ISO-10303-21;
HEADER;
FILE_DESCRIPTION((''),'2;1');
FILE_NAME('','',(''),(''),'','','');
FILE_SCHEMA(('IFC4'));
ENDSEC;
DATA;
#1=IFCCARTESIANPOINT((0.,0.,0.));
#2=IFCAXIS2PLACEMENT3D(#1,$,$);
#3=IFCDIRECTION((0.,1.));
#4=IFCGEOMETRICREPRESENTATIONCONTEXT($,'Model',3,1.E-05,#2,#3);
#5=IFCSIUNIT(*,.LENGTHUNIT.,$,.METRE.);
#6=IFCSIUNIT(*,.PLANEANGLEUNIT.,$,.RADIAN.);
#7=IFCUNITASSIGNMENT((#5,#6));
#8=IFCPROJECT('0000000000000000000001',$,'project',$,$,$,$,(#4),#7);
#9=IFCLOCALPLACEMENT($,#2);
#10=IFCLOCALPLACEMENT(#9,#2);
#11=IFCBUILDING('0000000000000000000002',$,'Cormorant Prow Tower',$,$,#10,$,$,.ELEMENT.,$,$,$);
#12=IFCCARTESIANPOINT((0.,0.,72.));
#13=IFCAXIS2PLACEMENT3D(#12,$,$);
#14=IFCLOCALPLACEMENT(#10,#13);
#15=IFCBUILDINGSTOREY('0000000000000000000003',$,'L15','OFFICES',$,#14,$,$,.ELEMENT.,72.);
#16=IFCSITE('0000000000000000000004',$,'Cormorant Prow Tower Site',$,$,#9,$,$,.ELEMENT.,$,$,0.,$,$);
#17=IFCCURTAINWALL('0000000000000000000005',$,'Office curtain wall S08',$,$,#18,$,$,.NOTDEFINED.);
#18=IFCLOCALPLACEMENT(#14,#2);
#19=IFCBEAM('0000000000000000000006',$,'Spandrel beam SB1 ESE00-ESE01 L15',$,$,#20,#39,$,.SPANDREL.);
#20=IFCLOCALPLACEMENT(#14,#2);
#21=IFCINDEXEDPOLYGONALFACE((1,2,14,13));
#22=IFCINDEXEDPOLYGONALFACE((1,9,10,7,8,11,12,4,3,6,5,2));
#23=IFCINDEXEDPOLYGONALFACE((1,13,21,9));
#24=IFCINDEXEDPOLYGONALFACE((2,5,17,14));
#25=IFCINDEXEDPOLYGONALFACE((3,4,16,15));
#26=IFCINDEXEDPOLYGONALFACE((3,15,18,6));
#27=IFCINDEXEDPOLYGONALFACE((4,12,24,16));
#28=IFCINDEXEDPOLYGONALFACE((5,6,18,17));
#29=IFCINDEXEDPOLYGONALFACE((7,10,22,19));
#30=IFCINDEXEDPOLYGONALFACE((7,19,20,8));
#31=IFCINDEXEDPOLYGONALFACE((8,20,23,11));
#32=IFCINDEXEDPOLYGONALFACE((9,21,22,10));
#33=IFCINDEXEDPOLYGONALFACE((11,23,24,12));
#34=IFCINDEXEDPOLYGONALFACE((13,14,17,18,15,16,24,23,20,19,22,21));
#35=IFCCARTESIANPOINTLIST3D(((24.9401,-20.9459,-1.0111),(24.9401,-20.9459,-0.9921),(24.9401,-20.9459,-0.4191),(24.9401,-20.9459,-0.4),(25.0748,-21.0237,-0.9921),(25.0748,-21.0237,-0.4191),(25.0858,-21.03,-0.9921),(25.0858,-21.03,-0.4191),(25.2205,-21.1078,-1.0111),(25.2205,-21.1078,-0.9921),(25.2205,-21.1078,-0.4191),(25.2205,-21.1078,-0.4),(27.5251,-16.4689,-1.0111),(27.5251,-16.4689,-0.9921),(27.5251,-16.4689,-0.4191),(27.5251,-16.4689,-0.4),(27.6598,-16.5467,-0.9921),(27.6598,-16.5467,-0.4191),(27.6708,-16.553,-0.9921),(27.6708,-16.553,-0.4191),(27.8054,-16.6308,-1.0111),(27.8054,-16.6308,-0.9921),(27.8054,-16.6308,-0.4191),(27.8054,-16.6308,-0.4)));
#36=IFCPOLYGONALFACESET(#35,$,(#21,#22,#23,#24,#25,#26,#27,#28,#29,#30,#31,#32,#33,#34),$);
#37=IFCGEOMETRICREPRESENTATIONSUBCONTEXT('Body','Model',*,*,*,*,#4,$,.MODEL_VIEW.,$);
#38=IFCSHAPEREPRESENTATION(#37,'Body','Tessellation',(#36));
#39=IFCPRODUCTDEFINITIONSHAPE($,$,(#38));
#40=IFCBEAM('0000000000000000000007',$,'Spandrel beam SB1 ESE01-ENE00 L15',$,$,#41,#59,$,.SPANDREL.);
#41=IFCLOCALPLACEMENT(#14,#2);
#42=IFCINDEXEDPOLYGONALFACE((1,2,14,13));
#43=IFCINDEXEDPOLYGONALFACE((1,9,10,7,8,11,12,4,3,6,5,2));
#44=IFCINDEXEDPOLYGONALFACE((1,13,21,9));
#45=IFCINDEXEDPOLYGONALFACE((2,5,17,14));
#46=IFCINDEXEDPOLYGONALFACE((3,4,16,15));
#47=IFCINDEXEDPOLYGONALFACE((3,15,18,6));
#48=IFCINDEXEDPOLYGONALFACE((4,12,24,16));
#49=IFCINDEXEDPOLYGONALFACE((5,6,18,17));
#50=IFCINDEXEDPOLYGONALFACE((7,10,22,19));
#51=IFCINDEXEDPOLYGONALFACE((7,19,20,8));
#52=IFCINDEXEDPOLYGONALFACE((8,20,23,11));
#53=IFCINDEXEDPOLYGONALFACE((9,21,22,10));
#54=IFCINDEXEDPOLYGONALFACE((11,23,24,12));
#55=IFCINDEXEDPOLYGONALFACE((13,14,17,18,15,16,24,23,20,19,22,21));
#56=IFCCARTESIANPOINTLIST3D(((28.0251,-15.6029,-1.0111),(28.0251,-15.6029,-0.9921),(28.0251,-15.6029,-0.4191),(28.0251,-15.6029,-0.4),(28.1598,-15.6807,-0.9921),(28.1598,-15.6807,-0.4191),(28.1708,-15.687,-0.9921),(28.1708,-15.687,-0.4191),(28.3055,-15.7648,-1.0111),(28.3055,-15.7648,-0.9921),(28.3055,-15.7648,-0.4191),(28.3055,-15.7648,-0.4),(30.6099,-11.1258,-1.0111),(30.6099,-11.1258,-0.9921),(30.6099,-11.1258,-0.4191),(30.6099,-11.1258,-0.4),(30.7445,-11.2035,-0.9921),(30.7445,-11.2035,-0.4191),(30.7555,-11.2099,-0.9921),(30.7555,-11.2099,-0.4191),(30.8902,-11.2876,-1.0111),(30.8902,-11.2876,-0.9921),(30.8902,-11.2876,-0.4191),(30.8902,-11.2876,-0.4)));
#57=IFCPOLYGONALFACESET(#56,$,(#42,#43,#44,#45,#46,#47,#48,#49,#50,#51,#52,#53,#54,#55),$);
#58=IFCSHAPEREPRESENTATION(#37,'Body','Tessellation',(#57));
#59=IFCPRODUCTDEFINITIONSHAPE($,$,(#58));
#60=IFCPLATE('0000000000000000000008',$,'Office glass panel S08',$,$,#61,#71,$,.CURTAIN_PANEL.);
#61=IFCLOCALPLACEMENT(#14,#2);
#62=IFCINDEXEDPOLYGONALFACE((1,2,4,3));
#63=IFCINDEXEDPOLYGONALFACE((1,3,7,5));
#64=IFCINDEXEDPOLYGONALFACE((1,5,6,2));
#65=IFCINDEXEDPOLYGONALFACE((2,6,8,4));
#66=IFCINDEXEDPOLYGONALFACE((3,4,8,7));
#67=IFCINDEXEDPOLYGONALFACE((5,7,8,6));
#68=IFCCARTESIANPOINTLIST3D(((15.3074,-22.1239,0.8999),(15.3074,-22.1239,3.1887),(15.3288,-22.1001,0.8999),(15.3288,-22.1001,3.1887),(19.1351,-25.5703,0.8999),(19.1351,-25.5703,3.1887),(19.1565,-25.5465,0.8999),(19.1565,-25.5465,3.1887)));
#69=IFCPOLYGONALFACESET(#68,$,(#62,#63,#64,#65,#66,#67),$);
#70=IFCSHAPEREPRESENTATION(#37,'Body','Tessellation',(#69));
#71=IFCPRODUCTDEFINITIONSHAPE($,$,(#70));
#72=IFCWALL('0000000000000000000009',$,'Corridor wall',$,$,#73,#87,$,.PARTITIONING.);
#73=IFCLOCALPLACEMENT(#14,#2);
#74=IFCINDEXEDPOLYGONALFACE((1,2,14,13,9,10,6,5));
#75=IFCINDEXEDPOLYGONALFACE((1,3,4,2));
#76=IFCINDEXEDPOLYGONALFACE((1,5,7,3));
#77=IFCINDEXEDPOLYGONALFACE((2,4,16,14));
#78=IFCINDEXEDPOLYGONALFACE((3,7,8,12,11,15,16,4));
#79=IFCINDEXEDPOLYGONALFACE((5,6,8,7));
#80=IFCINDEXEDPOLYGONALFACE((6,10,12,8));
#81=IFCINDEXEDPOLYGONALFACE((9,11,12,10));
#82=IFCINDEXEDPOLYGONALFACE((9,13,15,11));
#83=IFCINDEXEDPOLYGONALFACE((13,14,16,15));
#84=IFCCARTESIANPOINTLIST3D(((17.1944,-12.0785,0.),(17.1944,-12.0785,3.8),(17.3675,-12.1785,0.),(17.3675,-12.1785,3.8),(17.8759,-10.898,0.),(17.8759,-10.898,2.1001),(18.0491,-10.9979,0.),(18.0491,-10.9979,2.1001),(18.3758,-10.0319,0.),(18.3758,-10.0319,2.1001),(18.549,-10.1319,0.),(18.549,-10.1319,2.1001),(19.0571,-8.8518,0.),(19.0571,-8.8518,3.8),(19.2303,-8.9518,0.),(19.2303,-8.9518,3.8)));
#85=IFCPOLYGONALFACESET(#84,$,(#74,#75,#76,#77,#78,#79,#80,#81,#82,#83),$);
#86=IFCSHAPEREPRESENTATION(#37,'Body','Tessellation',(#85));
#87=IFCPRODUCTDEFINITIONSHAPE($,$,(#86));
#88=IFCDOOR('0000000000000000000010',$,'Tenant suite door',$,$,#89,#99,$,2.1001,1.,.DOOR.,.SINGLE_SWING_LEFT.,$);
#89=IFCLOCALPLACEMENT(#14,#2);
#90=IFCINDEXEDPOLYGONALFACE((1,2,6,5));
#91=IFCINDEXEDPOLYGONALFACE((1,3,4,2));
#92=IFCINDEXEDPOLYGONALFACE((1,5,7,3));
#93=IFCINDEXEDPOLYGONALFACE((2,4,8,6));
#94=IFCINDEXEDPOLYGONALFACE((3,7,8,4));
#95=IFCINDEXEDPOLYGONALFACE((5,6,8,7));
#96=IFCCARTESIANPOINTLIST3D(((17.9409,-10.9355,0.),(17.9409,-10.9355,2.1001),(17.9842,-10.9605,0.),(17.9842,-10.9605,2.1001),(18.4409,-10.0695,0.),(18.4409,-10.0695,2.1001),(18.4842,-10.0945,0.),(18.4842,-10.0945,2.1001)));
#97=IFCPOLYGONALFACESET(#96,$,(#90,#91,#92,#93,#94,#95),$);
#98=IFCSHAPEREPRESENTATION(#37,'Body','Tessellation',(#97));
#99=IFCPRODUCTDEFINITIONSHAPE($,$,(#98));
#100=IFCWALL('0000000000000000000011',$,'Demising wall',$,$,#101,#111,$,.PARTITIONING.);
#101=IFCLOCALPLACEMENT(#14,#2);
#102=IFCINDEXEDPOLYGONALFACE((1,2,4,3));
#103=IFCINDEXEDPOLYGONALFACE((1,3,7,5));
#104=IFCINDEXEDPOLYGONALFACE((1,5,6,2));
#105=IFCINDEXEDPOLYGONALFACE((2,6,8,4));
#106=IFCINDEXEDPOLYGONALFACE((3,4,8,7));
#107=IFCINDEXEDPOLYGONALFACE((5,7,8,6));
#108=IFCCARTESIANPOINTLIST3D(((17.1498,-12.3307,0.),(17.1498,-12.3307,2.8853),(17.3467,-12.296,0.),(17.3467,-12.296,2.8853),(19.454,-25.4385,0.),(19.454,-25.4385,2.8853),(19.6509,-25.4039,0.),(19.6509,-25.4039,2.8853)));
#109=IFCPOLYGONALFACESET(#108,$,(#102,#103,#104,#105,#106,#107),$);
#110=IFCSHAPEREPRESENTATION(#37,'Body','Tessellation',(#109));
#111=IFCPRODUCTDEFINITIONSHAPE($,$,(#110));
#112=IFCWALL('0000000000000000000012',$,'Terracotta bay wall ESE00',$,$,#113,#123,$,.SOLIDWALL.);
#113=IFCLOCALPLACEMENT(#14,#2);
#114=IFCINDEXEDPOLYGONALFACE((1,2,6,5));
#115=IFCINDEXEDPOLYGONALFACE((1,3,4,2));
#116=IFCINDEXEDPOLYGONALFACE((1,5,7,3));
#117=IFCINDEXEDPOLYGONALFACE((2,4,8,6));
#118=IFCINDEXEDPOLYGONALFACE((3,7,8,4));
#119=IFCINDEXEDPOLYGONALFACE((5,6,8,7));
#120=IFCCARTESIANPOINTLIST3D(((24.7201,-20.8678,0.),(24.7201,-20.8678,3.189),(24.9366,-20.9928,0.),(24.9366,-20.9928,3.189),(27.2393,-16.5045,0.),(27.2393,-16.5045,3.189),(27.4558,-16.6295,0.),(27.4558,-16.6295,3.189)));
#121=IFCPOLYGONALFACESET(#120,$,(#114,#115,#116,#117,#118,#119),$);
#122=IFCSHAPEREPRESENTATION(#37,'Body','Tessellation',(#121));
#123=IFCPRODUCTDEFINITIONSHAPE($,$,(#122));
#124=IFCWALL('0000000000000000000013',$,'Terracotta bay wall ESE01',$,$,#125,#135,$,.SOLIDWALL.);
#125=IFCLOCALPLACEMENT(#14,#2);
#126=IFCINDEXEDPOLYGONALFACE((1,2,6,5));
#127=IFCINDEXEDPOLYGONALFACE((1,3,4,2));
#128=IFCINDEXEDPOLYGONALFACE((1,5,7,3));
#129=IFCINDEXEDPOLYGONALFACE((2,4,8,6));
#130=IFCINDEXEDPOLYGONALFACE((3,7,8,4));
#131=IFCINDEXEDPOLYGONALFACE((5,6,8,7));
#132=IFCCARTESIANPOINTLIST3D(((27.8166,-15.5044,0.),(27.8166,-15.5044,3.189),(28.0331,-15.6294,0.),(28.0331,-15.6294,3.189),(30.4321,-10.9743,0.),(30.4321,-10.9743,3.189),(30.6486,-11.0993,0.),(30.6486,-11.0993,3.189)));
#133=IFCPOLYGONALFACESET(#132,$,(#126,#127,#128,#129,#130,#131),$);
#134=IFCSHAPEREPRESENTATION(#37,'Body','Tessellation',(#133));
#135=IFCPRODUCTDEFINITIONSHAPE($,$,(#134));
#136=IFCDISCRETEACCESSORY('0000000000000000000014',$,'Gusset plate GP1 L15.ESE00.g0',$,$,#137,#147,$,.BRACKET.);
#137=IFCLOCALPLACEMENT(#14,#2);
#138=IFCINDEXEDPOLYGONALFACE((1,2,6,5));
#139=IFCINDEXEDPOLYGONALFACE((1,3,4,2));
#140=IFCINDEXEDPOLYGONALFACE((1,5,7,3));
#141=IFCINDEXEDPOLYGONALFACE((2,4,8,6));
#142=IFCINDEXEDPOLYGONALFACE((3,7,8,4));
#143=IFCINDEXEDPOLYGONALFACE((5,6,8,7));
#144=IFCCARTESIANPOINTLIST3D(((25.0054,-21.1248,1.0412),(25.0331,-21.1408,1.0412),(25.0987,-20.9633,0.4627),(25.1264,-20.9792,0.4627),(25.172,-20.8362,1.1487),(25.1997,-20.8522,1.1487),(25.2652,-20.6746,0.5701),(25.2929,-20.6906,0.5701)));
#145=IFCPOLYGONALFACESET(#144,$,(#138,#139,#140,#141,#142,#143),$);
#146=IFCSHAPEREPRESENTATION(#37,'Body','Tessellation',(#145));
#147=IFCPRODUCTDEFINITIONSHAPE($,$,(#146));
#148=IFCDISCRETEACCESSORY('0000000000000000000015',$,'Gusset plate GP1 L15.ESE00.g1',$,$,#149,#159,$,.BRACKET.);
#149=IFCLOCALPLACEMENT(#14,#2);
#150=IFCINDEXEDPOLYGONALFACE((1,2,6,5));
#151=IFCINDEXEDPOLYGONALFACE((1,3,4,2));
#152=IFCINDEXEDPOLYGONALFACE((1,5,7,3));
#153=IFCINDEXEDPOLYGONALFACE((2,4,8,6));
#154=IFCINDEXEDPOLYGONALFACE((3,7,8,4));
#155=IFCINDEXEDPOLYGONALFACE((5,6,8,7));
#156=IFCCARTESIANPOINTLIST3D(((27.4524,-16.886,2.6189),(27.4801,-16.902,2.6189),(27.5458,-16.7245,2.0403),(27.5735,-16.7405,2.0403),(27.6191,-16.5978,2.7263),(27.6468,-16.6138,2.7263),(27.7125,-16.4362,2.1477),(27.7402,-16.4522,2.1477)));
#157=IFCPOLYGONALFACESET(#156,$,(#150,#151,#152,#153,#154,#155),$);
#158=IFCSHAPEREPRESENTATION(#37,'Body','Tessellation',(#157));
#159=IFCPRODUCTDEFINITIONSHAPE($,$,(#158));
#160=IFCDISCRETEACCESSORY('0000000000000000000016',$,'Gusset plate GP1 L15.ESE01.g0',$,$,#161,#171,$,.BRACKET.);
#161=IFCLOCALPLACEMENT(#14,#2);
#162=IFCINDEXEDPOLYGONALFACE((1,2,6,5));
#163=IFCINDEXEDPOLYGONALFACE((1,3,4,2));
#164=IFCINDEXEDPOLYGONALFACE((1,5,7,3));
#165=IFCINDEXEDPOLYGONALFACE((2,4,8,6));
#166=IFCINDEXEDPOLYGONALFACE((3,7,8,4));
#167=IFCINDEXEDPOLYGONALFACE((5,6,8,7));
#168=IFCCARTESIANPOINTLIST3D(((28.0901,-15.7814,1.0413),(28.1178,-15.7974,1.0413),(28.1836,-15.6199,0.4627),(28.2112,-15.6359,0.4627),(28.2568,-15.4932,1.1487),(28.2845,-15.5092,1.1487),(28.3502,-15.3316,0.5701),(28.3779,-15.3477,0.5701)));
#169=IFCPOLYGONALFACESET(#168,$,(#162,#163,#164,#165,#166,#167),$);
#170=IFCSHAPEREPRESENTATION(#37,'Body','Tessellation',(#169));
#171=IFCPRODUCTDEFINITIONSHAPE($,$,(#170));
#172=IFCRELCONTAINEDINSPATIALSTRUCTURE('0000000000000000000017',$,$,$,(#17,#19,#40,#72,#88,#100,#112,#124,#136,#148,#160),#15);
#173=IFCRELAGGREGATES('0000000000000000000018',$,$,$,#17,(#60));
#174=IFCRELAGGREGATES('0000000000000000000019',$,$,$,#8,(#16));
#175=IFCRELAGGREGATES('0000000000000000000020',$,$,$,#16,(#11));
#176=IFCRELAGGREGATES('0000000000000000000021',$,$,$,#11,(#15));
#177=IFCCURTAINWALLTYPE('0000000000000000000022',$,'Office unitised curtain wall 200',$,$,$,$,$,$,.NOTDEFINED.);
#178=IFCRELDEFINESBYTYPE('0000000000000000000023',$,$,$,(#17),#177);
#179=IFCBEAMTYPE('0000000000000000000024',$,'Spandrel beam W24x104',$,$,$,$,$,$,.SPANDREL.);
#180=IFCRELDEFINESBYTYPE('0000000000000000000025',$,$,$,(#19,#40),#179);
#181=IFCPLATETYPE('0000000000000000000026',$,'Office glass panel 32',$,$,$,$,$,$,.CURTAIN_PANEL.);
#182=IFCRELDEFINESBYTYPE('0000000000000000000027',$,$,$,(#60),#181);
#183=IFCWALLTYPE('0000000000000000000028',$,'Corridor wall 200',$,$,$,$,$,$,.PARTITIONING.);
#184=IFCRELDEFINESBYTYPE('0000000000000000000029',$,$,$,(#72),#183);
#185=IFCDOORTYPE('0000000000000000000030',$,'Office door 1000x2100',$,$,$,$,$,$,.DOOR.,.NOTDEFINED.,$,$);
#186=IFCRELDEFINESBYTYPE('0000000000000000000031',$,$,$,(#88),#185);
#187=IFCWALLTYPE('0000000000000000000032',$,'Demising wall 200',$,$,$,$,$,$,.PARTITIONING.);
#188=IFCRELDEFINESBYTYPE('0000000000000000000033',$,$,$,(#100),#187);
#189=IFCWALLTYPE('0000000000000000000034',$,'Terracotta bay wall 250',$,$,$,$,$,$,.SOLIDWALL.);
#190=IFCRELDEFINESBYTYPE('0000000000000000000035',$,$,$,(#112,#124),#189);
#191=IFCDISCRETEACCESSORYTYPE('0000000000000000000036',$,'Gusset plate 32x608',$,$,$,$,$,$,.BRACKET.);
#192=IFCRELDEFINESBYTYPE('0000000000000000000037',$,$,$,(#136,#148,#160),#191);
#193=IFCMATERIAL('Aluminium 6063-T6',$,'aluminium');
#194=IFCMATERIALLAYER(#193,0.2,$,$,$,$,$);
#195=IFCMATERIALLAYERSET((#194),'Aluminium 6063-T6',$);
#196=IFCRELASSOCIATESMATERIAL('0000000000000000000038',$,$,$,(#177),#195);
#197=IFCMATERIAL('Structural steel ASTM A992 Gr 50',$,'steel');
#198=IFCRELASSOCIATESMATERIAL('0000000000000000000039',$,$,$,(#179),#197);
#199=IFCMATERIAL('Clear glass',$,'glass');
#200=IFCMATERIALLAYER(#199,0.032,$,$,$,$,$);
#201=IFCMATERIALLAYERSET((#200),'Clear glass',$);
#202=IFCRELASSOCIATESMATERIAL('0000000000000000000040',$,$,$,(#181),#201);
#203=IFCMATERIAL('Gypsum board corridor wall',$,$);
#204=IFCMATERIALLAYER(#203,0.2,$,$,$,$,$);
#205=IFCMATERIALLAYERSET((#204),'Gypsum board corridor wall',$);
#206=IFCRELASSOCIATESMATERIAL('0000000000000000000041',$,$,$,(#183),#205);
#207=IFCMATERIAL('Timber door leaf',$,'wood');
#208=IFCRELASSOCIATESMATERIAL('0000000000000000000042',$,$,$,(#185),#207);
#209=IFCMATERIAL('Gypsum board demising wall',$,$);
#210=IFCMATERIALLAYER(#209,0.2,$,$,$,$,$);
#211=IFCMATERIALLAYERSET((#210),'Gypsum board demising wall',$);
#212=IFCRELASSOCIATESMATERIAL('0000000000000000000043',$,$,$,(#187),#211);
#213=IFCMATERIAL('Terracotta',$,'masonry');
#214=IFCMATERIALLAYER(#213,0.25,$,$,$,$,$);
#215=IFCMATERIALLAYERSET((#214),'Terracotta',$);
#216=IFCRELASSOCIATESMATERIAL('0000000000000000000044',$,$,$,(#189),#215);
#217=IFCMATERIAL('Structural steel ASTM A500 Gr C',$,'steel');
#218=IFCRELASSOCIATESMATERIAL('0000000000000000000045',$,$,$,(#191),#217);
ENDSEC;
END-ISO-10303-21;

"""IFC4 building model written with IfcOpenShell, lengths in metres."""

from ifc_helpers import new_model, si_unit, direction, frame, frame_2d, origin, origin_2d, place, context, subcontext, project, spatial, rectangle, i_section, extrude, material, layer, layer_set, material_profile, profile_set, type_object, element, fill, aggregate, save


model = new_model("IFC4")

# Units and contexts
model_context = context("Model", 3, precision=1e-05, world=origin(), true_north=direction((0.0, 1.0)))
body_context = subcontext(model_context, "Body", "Model", "MODEL_VIEW")
ifc_project = project(units=[si_unit("LENGTHUNIT", "METRE"), si_unit("PLANEANGLEUNIT", "RADIAN")], contexts=[model_context])

# Site, building, storey
site_placement = place(None, origin())
site = spatial("IfcSite", under=ifc_project, at=site_placement, Name="Cormorant Prow Tower Site", CompositionType="ELEMENT", RefElevation=0.0)
building_placement = place(site_placement, origin())
building = spatial("IfcBuilding", under=site, at=building_placement, Name="Cormorant Prow Tower", CompositionType="ELEMENT")
storey_placement = place(building_placement, frame((0.0, 0.0, 72.0)))
storey = spatial("IfcBuildingStorey", under=building, at=storey_placement, Name="L15", Description="OFFICES", CompositionType="ELEMENT", Elevation=72.0)

# Curtain wall
ifc_material_1 = material(Name="Aluminium 6063-T6", Category="aluminium")
ifc_layer_1 = layer(ifc_material_1, 0.2)
ifc_layer_set_1 = layer_set([ifc_layer_1], Name="Aluminium 6063-T6")
curtain_wall_type = type_object("IfcCurtainWallType", Name="Office unitised curtain wall 200", PredefinedType="NOTDEFINED", material=ifc_layer_set_1)
curtain_wall_placement = place(storey_placement, origin())
curtain_wall = element("IfcCurtainWall", 1, at=curtain_wall_placement, inside=storey, type_object=curtain_wall_type, Name="Office curtain wall S08", PredefinedType="NOTDEFINED")

# Beams
ifc_material_2 = material(Name="Structural steel ASTM A992 Gr 50", Category="steel")
ifc_material_profile_1 = material_profile(ifc_material_2, i_section(OverallWidth=0.3237, OverallDepth=0.6111, WebThickness=0.0127, FlangeThickness=0.019, at=origin_2d()), Name="W24x104")
ifc_profile_set_1 = profile_set([ifc_material_profile_1], Name="Structural steel ASTM A992 Gr 50")
beam_type_1 = type_object("IfcBeamType", Name="Spandrel beam W24x104", PredefinedType="SPANDREL", material=ifc_profile_set_1)
for number, where, z_axis, x_axis, name in (
    (2, (25.0803, -21.0269, -0.7056), (0.50002, 0.866014, 0.0), (-0.866014, 0.50002, 0.0), "Spandrel beam SB1 ESE00-ESE01 L15"),
    (3, (28.1653, -15.6838, -0.7056), (0.499984, 0.866035, 0.0), (-0.866035, 0.499984, 0.0), "Spandrel beam SB1 ESE01-ENE00 L15"),
):
    element("IfcBeam", number, at=place(storey_placement, frame(where, z_axis=z_axis, x_axis=x_axis)), inside=storey, type_object=beam_type_1, Name=name, PredefinedType="SPANDREL", context=body_context, shape_type="SweptSolid", body=[
        extrude(i_section(OverallWidth=0.3237, OverallDepth=0.6111, WebThickness=0.0127, FlangeThickness=0.019, at=origin_2d()), origin(), (0.0, 0.0, 1.0), 5.1697),
    ])

# Plate
ifc_material_3 = material(Name="Clear glass", Category="glass")
ifc_layer_2 = layer(ifc_material_3, 0.032)
ifc_layer_set_2 = layer_set([ifc_layer_2], Name="Clear glass")
plate_type = type_object("IfcPlateType", Name="Office glass panel 32", PredefinedType="CURTAIN_PANEL", material=ifc_layer_set_2)
plate_placement = place(storey_placement, frame((17.2319, -23.8352, 0.8999), z_axis=(0.0, 0.0, 1.0), x_axis=(0.743145, -0.669131, 0.0)))
plate = element("IfcPlate", 4, at=plate_placement, type_object=plate_type, Name="Office glass panel S08", PredefinedType="CURTAIN_PANEL", context=body_context, shape_type="SweptSolid", body=[
    extrude(rectangle(XDim=5.1506, YDim=0.032, at=origin_2d()), origin(), (0.0, 0.0, 1.0), 2.2888),
])
aggregate(curtain_wall, [plate])

# Wall, opening, door
ifc_material_4 = material(Name="Gypsum board corridor wall")
ifc_layer_3 = layer(ifc_material_4, 0.2)
ifc_layer_set_3 = layer_set([ifc_layer_3], Name="Gypsum board corridor wall")
wall_type_1 = type_object("IfcWallType", Name="Corridor wall 200", PredefinedType="PARTITIONING", material=ifc_layer_set_3)
wall_1_placement = place(storey_placement, frame((17.281, -12.1284, 0.0), z_axis=(0.0, 0.0, 1.0), x_axis=(0.499959, 0.866049, 0.0)))
wall_1 = element("IfcWall", 5, at=wall_1_placement, inside=storey, type_object=wall_type_1, Name="Corridor wall", PredefinedType="PARTITIONING", context=body_context, shape_type="SweptSolid", body=[
    extrude(rectangle(XDim=3.7258, YDim=0.2, at=frame_2d((1.8628, 0.0))), origin(), (0.0, 0.0, 1.0), 3.8),
])
opening_1_placement = place(wall_1_placement, frame((1.363, 0.0, 0.0)))
opening_1 = element("IfcOpeningElement", 6, at=opening_1_placement, cuts=wall_1, PredefinedType="OPENING", context=body_context, shape_type="SweptSolid", body=[
    extrude(rectangle(XDim=1.0, YDim=2.1001, at=frame_2d((0.5, 1.05))), frame((0.0, 0.1099, 0.0), z_axis=(0.0, -1.0, 0.0), x_axis=(1.0, 0.0, 0.0)), (0.0, 0.0, 1.0), 0.22),
])
ifc_material_5 = material(Name="Timber door leaf", Category="wood")
door_type_1 = type_object("IfcDoorType", Name="Office door 1000x2100", OperationType="NOTDEFINED", PredefinedType="DOOR", material=ifc_material_5)
door_1_placement = place(opening_1_placement, origin())
door_1 = element("IfcDoor", 7, at=door_1_placement, inside=storey, type_object=door_type_1, Name="Tenant suite door", OperationType="SINGLE_SWING_LEFT", OverallHeight=2.1001, OverallWidth=1.0, PredefinedType="DOOR", context=body_context, shape_type="SweptSolid", body=[
    extrude(rectangle(XDim=1.0, YDim=2.1001, at=frame_2d((0.5, 1.05))), frame((0.0, 0.0249, 0.0), z_axis=(0.0, -1.0, 0.0), x_axis=(1.0, 0.0, 0.0)), (0.0, 0.0, 1.0), 0.05),
])
fill(opening_1, door_1)

# Walls
ifc_material_6 = material(Name="Gypsum board demising wall")
ifc_layer_4 = layer(ifc_material_6, 0.2)
ifc_layer_set_4 = layer_set([ifc_layer_4], Name="Gypsum board demising wall")
wall_type_2 = type_object("IfcWallType", Name="Demising wall 200", PredefinedType="PARTITIONING", material=ifc_layer_set_4)
wall_2_placement = place(storey_placement, frame((17.2483, -12.3135, 0.0), z_axis=(0.0, 0.0, 1.0), x_axis=(0.173132, -0.984899, 0.0)))
element("IfcWall", 8, at=wall_2_placement, inside=storey, type_object=wall_type_2, Name="Demising wall", PredefinedType="PARTITIONING", context=body_context, shape_type="SweptSolid", body=[
    extrude(rectangle(XDim=13.3088, YDim=0.2, at=frame_2d((6.6543, 0.0))), origin(), (0.0, 0.0, 1.0), 2.8853),
])
ifc_material_7 = material(Name="Terracotta", Category="masonry")
ifc_layer_5 = layer(ifc_material_7, 0.25)
ifc_layer_set_5 = layer_set([ifc_layer_5], Name="Terracotta")
wall_type_3 = type_object("IfcWallType", Name="Terracotta bay wall 250", PredefinedType="SOLIDWALL", material=ifc_layer_set_5)
wall_3_placement = place(storey_placement, frame((24.8284, -20.9302, 0.0), z_axis=(0.0, 0.0, 1.0), x_axis=(0.500022, 0.866013, 0.0)))
element("IfcWall", 9, at=wall_3_placement, inside=storey, type_object=wall_type_3, Name="Terracotta bay wall ESE00", PredefinedType="SOLIDWALL", context=body_context, shape_type="SweptSolid", body=[
    extrude(rectangle(XDim=5.0383, YDim=0.25, at=frame_2d((2.519, 0.0))), origin(), (0.0, 0.0, 1.0), 3.189),
])
wall_4_placement = place(storey_placement, frame((27.9248, -15.5669, 0.0), z_axis=(0.0, 0.0, 1.0), x_axis=(0.500009, 0.86602, 0.0)))
element("IfcWall", 10, at=wall_4_placement, inside=storey, type_object=wall_type_3, Name="Terracotta bay wall ESE01", PredefinedType="SOLIDWALL", context=body_context, shape_type="SweptSolid", body=[
    extrude(rectangle(XDim=5.231, YDim=0.25, at=frame_2d((2.6155, 0.0))), origin(), (0.0, 0.0, 1.0), 3.189),
])

# Discrete accessories
ifc_material_8 = material(Name="Structural steel ASTM A500 Gr C", Category="steel")
ifc_material_profile_2 = material_profile(ifc_material_8, rectangle(XDim=0.032, YDim=0.6079, at=origin_2d()), Name="Gusset plate 32x608")
ifc_profile_set_2 = profile_set([ifc_material_profile_2], Name="Structural steel ASTM A500 Gr C")
discrete_accessory_type = type_object("IfcDiscreteAccessoryType", Name="Gusset plate 32x608", PredefinedType="BRACKET", material=ifc_profile_set_2)
discrete_accessory_placement = place(storey_placement, frame((25.2324, -20.7634, 0.8594), z_axis=(-0.475652, -0.82437, -0.306872), x_axis=(0.866161, -0.499765, 0.0)))
element("IfcDiscreteAccessory", 11, at=discrete_accessory_placement, inside=storey, type_object=discrete_accessory_type, Name="Gusset plate GP1 L15.ESE00.g0", PredefinedType="BRACKET", context=body_context, shape_type="SweptSolid", body=[
    extrude(rectangle(XDim=0.032, YDim=0.6079, at=origin_2d()), origin(), (0.0, 0.0, 1.0), 0.3501),
])
for number, where, z_axis, x_axis, name in (
    (12, (27.5129, -16.8132, 2.3296), (0.476465, 0.823872, 0.306946), (-0.86566, 0.500632, 0.0), "Gusset plate GP1 L15.ESE00.g1"),
    (13, (28.3174, -15.4204, 0.8594), (-0.476465, -0.823872, -0.306946), (0.86566, -0.500632, 0.0), "Gusset plate GP1 L15.ESE01.g0"),
):
    element("IfcDiscreteAccessory", number, at=place(storey_placement, frame(where, z_axis=z_axis, x_axis=x_axis)), inside=storey, type_object=discrete_accessory_type, Name=name, PredefinedType="BRACKET", context=body_context, shape_type="SweptSolid", body=[
        extrude(rectangle(XDim=0.032, YDim=0.6079, at=origin_2d()), origin(), (0.0, 0.0, 1.0), 0.3499),
    ])

save(model, "model.ifc")
